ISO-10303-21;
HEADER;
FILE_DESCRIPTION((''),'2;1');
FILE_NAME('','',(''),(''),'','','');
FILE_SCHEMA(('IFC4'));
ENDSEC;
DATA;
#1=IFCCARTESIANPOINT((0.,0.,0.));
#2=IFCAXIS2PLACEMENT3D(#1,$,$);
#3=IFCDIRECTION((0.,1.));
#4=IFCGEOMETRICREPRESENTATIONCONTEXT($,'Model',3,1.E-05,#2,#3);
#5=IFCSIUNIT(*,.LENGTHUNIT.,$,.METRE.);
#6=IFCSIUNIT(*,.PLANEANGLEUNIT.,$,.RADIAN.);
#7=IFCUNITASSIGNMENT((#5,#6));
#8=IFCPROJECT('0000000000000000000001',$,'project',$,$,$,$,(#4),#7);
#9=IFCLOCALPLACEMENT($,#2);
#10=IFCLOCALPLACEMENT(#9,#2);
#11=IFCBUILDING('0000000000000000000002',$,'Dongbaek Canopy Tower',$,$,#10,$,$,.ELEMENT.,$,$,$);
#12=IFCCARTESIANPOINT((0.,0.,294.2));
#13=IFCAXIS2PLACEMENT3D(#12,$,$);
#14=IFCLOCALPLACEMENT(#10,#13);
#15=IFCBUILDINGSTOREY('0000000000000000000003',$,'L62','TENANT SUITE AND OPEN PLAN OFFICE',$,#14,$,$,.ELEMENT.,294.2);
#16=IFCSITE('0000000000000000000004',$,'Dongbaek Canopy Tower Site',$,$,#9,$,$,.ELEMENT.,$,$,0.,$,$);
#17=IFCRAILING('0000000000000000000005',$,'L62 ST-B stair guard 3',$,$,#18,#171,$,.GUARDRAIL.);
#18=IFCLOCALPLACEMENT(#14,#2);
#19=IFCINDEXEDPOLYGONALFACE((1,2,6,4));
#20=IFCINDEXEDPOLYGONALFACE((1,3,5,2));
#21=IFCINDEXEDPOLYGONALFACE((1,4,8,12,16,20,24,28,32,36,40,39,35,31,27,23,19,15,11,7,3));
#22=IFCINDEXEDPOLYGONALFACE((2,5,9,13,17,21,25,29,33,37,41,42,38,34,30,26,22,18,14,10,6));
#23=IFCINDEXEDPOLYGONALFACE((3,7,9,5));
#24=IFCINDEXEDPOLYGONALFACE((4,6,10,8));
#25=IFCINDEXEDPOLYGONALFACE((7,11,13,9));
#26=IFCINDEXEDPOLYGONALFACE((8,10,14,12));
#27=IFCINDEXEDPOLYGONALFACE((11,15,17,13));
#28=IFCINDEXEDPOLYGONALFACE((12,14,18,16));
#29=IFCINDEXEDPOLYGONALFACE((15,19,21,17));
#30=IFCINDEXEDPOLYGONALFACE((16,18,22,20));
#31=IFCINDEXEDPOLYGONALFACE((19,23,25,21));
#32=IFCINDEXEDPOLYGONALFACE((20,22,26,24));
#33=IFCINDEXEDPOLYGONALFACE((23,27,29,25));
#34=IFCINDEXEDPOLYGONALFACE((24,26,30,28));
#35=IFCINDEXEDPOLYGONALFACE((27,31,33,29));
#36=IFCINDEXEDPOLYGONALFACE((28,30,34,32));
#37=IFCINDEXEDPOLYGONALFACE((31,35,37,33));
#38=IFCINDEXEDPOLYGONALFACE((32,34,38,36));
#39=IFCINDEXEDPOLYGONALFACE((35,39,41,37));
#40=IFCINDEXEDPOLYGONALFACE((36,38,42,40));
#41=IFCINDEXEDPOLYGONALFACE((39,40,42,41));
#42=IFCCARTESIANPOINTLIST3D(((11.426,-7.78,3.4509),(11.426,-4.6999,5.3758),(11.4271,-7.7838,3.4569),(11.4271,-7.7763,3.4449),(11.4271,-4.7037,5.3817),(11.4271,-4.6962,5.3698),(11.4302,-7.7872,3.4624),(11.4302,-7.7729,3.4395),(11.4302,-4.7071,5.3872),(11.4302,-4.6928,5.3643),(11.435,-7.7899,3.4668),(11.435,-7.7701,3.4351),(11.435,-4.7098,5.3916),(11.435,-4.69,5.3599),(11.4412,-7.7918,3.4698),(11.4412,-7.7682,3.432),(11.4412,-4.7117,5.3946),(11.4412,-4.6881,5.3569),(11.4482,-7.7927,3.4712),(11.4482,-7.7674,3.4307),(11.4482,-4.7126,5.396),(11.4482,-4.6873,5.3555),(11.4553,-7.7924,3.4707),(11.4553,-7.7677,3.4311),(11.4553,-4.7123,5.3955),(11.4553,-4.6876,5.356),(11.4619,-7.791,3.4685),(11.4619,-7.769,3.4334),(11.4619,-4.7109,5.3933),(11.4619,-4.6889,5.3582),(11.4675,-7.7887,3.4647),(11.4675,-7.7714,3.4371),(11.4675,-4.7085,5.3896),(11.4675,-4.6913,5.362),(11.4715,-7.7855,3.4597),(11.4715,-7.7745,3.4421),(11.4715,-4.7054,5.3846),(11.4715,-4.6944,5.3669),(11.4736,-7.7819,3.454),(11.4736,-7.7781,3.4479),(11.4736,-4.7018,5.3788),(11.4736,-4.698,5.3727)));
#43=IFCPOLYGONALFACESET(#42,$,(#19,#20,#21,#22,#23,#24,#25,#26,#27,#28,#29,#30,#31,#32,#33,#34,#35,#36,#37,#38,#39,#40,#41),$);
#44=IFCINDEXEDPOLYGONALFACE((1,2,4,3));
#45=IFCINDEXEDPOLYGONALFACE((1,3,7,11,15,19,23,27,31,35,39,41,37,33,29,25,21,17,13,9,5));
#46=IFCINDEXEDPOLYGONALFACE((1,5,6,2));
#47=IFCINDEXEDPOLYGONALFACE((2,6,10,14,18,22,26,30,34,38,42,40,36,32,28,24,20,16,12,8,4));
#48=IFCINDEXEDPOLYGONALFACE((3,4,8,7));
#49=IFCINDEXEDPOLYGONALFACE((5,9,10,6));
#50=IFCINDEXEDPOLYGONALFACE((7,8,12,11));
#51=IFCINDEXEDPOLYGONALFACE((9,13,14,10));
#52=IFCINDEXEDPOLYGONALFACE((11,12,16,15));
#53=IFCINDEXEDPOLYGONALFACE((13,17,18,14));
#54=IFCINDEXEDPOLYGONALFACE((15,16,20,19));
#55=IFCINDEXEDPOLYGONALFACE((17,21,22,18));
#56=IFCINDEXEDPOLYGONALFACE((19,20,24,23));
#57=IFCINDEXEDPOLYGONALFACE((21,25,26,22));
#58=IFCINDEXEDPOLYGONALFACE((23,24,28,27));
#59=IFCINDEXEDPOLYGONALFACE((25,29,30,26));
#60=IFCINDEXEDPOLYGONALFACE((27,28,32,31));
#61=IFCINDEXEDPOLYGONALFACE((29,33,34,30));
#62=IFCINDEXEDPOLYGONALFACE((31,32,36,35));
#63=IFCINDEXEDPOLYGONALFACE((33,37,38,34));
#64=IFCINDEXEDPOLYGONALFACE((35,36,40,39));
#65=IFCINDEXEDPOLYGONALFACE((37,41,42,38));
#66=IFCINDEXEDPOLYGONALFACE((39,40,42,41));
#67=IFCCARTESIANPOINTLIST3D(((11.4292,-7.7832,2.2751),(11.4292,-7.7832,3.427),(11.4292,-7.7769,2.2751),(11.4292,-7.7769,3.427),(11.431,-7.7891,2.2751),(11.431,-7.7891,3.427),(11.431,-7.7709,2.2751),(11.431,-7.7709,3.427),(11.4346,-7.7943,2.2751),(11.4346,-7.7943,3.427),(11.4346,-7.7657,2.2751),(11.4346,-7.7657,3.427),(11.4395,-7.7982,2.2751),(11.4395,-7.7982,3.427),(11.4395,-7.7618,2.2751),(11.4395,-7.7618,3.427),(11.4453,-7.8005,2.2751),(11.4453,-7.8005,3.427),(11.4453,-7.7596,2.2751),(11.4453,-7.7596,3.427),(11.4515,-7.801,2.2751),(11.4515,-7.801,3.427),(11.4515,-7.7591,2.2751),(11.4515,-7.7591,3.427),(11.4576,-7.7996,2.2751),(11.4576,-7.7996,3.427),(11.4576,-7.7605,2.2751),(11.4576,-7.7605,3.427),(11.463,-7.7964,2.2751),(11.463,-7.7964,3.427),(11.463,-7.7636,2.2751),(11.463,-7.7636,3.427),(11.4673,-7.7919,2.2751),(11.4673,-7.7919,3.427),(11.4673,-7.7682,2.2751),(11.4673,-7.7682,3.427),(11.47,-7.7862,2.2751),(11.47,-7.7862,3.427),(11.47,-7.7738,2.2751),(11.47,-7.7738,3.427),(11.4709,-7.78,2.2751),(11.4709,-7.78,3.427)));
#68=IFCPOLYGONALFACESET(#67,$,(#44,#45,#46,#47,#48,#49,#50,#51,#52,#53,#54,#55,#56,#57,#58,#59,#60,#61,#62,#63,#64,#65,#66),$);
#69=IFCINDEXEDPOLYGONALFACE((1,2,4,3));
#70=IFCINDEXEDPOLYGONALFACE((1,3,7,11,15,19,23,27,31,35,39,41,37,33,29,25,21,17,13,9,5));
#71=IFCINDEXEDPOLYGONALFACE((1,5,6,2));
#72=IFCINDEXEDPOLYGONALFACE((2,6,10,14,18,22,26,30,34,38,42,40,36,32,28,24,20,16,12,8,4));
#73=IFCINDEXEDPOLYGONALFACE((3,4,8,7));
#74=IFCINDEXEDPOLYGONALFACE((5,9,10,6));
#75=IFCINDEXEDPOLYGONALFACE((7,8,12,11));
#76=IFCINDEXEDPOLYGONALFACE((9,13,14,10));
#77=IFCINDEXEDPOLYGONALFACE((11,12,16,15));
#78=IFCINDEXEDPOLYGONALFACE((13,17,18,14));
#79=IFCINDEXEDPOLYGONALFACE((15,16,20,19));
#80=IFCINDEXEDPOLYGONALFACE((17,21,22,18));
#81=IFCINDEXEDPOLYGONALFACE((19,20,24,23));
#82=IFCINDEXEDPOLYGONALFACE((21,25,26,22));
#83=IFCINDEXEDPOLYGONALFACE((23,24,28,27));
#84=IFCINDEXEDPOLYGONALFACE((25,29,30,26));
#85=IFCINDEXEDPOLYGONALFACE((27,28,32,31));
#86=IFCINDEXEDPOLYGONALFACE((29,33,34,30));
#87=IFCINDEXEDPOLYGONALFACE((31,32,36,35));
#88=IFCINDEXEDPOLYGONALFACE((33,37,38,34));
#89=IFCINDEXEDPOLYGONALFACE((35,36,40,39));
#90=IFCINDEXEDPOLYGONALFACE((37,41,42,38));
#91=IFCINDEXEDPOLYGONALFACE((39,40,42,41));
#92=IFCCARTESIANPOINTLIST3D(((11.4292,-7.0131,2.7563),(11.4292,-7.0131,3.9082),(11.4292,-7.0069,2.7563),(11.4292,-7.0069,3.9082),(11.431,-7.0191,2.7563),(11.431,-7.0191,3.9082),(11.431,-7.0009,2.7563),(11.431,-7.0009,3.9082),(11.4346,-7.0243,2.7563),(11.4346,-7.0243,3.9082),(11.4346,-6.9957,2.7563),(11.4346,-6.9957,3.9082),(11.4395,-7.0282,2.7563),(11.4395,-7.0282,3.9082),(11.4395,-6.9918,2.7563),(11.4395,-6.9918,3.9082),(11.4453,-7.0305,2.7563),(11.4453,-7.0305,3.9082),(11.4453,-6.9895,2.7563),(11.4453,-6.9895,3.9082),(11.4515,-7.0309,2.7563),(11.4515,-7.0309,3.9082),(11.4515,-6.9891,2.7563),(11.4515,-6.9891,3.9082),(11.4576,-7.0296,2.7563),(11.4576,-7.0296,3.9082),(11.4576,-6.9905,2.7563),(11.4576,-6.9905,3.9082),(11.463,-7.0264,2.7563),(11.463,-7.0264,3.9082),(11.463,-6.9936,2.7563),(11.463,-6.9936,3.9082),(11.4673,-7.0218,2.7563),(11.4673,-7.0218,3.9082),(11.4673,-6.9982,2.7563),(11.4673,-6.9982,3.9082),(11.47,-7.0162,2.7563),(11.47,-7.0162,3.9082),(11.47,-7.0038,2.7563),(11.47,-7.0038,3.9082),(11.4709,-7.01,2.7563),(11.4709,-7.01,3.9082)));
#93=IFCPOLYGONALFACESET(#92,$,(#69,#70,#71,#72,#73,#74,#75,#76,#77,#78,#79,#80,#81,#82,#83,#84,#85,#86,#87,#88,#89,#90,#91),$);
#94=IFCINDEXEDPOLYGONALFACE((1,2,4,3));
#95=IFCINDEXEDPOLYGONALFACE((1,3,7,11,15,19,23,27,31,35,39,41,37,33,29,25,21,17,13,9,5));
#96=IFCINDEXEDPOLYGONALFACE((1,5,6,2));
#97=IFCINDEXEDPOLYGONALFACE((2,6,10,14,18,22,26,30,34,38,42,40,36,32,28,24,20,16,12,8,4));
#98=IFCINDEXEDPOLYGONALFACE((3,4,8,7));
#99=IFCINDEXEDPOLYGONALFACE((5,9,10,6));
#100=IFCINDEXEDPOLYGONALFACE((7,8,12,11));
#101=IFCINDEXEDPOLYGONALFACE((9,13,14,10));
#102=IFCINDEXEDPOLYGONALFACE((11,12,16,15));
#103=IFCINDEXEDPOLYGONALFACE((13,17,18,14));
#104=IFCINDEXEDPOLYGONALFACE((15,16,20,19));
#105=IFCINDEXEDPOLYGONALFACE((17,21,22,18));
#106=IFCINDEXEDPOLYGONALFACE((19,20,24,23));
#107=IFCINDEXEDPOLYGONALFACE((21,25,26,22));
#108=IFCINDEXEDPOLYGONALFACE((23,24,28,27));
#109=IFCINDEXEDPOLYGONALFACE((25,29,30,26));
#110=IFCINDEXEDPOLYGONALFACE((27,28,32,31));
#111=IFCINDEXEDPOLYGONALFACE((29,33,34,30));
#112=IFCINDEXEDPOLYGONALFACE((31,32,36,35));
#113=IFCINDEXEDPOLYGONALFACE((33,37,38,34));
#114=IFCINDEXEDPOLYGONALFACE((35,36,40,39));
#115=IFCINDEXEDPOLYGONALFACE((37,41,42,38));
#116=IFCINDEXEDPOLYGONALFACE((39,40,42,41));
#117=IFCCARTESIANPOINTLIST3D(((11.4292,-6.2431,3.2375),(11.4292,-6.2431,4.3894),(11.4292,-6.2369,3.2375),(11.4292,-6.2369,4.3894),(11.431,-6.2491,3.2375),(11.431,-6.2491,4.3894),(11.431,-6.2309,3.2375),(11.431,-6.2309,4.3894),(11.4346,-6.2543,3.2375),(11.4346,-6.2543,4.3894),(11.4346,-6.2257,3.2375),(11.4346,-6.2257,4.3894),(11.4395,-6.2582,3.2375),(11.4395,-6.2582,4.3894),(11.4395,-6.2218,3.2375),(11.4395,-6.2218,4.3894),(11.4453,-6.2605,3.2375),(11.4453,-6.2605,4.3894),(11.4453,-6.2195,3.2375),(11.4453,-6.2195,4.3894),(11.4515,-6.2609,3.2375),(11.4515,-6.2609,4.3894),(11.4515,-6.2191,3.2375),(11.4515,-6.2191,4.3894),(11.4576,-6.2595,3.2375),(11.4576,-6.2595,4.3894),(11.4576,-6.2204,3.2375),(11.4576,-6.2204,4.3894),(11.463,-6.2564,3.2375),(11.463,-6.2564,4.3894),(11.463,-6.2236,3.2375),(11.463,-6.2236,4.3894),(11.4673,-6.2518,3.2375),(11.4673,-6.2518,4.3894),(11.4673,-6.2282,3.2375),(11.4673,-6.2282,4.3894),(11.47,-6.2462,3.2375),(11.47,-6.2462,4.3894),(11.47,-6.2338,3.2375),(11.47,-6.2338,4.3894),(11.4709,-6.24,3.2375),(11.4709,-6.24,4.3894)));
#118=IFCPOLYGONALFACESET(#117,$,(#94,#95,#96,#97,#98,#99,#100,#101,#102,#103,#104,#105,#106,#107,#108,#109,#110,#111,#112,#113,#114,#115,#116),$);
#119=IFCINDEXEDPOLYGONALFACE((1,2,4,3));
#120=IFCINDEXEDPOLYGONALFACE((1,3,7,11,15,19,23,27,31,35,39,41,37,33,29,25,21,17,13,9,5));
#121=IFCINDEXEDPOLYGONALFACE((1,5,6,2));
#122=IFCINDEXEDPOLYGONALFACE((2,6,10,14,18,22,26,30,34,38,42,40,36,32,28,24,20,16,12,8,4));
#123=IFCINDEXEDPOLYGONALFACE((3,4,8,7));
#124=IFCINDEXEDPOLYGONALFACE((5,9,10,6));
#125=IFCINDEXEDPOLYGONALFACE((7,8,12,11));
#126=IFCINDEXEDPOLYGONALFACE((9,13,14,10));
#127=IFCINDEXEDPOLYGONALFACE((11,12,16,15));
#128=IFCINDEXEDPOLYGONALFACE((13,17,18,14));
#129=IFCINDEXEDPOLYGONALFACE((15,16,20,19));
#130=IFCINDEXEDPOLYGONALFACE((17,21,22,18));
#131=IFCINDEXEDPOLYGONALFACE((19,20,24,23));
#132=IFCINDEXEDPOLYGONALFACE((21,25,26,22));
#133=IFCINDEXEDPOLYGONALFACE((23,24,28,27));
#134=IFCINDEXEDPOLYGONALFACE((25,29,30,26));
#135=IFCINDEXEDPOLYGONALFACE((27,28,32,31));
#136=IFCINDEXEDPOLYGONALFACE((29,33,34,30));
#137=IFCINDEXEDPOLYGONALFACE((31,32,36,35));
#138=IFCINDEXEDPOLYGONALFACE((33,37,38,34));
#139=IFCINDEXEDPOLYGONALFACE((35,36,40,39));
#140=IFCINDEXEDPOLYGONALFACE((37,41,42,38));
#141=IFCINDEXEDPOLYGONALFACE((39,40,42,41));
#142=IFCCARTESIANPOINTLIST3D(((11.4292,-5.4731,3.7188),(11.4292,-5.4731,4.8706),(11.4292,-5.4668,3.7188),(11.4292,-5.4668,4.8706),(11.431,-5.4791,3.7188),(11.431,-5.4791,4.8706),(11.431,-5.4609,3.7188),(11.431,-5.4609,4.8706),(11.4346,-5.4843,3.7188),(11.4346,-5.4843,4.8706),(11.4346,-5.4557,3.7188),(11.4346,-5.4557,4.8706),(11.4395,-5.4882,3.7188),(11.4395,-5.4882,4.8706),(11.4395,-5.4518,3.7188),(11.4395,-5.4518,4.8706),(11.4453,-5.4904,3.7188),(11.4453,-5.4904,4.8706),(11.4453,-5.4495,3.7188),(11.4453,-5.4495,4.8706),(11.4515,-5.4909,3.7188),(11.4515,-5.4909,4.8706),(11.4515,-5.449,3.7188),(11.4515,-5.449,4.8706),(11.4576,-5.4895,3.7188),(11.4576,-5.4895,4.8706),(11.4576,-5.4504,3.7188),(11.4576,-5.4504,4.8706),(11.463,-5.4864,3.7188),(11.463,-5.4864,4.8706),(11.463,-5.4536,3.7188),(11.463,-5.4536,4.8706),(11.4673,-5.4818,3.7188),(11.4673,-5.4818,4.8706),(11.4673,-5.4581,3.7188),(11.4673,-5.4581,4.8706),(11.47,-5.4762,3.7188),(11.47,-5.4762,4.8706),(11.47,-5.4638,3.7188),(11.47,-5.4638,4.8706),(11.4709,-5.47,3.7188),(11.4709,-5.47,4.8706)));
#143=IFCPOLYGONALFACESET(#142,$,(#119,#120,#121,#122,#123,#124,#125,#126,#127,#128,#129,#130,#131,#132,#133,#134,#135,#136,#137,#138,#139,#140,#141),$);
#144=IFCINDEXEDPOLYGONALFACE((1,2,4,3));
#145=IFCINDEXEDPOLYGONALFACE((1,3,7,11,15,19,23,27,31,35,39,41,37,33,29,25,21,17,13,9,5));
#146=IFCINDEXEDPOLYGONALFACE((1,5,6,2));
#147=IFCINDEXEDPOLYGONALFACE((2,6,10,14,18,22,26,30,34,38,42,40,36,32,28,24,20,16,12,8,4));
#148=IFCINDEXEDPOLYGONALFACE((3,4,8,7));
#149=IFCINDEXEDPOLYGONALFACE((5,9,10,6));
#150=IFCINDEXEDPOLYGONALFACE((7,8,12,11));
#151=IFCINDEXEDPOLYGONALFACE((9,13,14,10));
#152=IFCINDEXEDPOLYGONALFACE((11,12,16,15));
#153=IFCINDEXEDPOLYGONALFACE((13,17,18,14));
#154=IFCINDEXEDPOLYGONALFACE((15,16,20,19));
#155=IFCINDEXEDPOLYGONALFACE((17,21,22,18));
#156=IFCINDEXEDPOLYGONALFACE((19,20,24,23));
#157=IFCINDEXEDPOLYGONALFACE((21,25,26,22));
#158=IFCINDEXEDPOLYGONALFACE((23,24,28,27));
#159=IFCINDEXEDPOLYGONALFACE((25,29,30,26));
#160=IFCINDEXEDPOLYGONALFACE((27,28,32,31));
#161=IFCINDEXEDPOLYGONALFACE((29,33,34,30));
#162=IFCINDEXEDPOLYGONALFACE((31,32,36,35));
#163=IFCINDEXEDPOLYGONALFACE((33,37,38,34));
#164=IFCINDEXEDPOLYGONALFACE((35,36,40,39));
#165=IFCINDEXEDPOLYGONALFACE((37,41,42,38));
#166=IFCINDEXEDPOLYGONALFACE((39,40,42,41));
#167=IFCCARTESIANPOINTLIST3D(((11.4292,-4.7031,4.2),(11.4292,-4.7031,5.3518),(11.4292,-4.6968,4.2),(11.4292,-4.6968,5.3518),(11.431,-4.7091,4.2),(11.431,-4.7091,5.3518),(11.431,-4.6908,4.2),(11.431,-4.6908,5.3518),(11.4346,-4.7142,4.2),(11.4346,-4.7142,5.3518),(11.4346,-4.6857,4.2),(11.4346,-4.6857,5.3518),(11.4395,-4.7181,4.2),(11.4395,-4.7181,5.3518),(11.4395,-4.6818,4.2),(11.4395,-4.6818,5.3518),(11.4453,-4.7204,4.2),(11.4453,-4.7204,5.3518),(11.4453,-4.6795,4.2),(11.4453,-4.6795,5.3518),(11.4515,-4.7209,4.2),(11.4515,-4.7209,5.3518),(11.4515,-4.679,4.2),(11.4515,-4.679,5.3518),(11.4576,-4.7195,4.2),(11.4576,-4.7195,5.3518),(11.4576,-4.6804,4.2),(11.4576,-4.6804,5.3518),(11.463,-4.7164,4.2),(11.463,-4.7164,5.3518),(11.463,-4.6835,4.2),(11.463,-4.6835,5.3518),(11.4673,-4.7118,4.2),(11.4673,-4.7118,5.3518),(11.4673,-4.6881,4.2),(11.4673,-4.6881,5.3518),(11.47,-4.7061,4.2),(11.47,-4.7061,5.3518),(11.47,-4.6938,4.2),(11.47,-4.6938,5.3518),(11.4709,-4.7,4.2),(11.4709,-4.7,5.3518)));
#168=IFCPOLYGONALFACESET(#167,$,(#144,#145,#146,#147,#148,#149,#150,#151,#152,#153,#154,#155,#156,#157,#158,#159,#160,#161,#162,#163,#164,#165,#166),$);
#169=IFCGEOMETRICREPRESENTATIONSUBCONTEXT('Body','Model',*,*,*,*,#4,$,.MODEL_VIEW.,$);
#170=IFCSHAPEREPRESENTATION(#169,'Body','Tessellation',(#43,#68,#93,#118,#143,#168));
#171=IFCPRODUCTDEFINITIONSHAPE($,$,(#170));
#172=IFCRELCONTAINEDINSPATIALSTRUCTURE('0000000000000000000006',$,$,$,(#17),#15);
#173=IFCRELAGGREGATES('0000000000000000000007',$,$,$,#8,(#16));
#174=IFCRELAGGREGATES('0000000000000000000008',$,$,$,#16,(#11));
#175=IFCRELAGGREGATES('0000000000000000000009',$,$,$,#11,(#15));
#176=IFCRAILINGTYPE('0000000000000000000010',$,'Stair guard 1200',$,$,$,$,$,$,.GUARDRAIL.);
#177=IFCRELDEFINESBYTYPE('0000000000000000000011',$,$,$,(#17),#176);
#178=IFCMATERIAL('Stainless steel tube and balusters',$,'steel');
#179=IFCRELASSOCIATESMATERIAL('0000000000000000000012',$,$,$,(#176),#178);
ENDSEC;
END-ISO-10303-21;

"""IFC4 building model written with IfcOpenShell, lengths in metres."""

from ifc_helpers import new_model, si_unit, direction, frame, origin, origin_2d, place, context, subcontext, project, spatial, circle, extrude, material, type_object, element, save


model = new_model("IFC4")

# Units and contexts
model_context = context("Model", 3, precision=1e-05, world=origin(), true_north=direction((0.0, 1.0)))
body_context = subcontext(model_context, "Body", "Model", "MODEL_VIEW")
ifc_project = project(units=[si_unit("LENGTHUNIT", "METRE"), si_unit("PLANEANGLEUNIT", "RADIAN")], contexts=[model_context])

# Site, building, storey
site_placement = place(None, origin())
site = spatial("IfcSite", under=ifc_project, at=site_placement, Name="Dongbaek Canopy Tower Site", CompositionType="ELEMENT", RefElevation=0.0)
building_placement = place(site_placement, origin())
building = spatial("IfcBuilding", under=site, at=building_placement, Name="Dongbaek Canopy Tower", CompositionType="ELEMENT")
storey_placement = place(building_placement, frame((0.0, 0.0, 294.2)))
storey = spatial("IfcBuildingStorey", under=building, at=storey_placement, Name="L62", Description="TENANT SUITE AND OPEN PLAN OFFICE", CompositionType="ELEMENT", Elevation=294.2)

# Railing
ifc_material_1 = material(Name="Stainless steel tube and balusters", Category="steel")
railing_type_1 = type_object("IfcRailingType", Name="Stair guard 1200", PredefinedType="GUARDRAIL", material=ifc_material_1)
railing_1_placement = place(storey_placement, frame((11.45, -7.78, 2.2751)))
element("IfcRailing", 1, at=railing_1_placement, inside=storey, type_object=railing_type_1, Name="L62 ST-B stair guard 3", PredefinedType="GUARDRAIL", context=body_context, shape_type="SweptSolid", body=[
    extrude(circle(Radius=0.0239, at=origin_2d()), frame((0.0, 0.0, 1.1758), z_axis=(0.0, 0.848029, 0.529951), x_axis=(-1.0, 0.0, 0.0)), (0.0, 0.0, 1.0), 3.6321),
    extrude(circle(Radius=0.021, at=origin_2d()), origin(), (0.0, 0.0, 1.0), 1.1519),
    extrude(circle(Radius=0.021, at=origin_2d()), frame((0.0, 0.77, 0.4812)), (0.0, 0.0, 1.0), 1.1519),
    extrude(circle(Radius=0.021, at=origin_2d()), frame((0.0, 1.54, 0.9624)), (0.0, 0.0, 1.0), 1.1519),
    extrude(circle(Radius=0.021, at=origin_2d()), frame((0.0, 2.3101, 1.4436)), (0.0, 0.0, 1.0), 1.1519),
    extrude(circle(Radius=0.021, at=origin_2d()), frame((0.0, 3.0801, 1.9248)), (0.0, 0.0, 1.0), 1.1519),
])

save(model, "model.ifc")
